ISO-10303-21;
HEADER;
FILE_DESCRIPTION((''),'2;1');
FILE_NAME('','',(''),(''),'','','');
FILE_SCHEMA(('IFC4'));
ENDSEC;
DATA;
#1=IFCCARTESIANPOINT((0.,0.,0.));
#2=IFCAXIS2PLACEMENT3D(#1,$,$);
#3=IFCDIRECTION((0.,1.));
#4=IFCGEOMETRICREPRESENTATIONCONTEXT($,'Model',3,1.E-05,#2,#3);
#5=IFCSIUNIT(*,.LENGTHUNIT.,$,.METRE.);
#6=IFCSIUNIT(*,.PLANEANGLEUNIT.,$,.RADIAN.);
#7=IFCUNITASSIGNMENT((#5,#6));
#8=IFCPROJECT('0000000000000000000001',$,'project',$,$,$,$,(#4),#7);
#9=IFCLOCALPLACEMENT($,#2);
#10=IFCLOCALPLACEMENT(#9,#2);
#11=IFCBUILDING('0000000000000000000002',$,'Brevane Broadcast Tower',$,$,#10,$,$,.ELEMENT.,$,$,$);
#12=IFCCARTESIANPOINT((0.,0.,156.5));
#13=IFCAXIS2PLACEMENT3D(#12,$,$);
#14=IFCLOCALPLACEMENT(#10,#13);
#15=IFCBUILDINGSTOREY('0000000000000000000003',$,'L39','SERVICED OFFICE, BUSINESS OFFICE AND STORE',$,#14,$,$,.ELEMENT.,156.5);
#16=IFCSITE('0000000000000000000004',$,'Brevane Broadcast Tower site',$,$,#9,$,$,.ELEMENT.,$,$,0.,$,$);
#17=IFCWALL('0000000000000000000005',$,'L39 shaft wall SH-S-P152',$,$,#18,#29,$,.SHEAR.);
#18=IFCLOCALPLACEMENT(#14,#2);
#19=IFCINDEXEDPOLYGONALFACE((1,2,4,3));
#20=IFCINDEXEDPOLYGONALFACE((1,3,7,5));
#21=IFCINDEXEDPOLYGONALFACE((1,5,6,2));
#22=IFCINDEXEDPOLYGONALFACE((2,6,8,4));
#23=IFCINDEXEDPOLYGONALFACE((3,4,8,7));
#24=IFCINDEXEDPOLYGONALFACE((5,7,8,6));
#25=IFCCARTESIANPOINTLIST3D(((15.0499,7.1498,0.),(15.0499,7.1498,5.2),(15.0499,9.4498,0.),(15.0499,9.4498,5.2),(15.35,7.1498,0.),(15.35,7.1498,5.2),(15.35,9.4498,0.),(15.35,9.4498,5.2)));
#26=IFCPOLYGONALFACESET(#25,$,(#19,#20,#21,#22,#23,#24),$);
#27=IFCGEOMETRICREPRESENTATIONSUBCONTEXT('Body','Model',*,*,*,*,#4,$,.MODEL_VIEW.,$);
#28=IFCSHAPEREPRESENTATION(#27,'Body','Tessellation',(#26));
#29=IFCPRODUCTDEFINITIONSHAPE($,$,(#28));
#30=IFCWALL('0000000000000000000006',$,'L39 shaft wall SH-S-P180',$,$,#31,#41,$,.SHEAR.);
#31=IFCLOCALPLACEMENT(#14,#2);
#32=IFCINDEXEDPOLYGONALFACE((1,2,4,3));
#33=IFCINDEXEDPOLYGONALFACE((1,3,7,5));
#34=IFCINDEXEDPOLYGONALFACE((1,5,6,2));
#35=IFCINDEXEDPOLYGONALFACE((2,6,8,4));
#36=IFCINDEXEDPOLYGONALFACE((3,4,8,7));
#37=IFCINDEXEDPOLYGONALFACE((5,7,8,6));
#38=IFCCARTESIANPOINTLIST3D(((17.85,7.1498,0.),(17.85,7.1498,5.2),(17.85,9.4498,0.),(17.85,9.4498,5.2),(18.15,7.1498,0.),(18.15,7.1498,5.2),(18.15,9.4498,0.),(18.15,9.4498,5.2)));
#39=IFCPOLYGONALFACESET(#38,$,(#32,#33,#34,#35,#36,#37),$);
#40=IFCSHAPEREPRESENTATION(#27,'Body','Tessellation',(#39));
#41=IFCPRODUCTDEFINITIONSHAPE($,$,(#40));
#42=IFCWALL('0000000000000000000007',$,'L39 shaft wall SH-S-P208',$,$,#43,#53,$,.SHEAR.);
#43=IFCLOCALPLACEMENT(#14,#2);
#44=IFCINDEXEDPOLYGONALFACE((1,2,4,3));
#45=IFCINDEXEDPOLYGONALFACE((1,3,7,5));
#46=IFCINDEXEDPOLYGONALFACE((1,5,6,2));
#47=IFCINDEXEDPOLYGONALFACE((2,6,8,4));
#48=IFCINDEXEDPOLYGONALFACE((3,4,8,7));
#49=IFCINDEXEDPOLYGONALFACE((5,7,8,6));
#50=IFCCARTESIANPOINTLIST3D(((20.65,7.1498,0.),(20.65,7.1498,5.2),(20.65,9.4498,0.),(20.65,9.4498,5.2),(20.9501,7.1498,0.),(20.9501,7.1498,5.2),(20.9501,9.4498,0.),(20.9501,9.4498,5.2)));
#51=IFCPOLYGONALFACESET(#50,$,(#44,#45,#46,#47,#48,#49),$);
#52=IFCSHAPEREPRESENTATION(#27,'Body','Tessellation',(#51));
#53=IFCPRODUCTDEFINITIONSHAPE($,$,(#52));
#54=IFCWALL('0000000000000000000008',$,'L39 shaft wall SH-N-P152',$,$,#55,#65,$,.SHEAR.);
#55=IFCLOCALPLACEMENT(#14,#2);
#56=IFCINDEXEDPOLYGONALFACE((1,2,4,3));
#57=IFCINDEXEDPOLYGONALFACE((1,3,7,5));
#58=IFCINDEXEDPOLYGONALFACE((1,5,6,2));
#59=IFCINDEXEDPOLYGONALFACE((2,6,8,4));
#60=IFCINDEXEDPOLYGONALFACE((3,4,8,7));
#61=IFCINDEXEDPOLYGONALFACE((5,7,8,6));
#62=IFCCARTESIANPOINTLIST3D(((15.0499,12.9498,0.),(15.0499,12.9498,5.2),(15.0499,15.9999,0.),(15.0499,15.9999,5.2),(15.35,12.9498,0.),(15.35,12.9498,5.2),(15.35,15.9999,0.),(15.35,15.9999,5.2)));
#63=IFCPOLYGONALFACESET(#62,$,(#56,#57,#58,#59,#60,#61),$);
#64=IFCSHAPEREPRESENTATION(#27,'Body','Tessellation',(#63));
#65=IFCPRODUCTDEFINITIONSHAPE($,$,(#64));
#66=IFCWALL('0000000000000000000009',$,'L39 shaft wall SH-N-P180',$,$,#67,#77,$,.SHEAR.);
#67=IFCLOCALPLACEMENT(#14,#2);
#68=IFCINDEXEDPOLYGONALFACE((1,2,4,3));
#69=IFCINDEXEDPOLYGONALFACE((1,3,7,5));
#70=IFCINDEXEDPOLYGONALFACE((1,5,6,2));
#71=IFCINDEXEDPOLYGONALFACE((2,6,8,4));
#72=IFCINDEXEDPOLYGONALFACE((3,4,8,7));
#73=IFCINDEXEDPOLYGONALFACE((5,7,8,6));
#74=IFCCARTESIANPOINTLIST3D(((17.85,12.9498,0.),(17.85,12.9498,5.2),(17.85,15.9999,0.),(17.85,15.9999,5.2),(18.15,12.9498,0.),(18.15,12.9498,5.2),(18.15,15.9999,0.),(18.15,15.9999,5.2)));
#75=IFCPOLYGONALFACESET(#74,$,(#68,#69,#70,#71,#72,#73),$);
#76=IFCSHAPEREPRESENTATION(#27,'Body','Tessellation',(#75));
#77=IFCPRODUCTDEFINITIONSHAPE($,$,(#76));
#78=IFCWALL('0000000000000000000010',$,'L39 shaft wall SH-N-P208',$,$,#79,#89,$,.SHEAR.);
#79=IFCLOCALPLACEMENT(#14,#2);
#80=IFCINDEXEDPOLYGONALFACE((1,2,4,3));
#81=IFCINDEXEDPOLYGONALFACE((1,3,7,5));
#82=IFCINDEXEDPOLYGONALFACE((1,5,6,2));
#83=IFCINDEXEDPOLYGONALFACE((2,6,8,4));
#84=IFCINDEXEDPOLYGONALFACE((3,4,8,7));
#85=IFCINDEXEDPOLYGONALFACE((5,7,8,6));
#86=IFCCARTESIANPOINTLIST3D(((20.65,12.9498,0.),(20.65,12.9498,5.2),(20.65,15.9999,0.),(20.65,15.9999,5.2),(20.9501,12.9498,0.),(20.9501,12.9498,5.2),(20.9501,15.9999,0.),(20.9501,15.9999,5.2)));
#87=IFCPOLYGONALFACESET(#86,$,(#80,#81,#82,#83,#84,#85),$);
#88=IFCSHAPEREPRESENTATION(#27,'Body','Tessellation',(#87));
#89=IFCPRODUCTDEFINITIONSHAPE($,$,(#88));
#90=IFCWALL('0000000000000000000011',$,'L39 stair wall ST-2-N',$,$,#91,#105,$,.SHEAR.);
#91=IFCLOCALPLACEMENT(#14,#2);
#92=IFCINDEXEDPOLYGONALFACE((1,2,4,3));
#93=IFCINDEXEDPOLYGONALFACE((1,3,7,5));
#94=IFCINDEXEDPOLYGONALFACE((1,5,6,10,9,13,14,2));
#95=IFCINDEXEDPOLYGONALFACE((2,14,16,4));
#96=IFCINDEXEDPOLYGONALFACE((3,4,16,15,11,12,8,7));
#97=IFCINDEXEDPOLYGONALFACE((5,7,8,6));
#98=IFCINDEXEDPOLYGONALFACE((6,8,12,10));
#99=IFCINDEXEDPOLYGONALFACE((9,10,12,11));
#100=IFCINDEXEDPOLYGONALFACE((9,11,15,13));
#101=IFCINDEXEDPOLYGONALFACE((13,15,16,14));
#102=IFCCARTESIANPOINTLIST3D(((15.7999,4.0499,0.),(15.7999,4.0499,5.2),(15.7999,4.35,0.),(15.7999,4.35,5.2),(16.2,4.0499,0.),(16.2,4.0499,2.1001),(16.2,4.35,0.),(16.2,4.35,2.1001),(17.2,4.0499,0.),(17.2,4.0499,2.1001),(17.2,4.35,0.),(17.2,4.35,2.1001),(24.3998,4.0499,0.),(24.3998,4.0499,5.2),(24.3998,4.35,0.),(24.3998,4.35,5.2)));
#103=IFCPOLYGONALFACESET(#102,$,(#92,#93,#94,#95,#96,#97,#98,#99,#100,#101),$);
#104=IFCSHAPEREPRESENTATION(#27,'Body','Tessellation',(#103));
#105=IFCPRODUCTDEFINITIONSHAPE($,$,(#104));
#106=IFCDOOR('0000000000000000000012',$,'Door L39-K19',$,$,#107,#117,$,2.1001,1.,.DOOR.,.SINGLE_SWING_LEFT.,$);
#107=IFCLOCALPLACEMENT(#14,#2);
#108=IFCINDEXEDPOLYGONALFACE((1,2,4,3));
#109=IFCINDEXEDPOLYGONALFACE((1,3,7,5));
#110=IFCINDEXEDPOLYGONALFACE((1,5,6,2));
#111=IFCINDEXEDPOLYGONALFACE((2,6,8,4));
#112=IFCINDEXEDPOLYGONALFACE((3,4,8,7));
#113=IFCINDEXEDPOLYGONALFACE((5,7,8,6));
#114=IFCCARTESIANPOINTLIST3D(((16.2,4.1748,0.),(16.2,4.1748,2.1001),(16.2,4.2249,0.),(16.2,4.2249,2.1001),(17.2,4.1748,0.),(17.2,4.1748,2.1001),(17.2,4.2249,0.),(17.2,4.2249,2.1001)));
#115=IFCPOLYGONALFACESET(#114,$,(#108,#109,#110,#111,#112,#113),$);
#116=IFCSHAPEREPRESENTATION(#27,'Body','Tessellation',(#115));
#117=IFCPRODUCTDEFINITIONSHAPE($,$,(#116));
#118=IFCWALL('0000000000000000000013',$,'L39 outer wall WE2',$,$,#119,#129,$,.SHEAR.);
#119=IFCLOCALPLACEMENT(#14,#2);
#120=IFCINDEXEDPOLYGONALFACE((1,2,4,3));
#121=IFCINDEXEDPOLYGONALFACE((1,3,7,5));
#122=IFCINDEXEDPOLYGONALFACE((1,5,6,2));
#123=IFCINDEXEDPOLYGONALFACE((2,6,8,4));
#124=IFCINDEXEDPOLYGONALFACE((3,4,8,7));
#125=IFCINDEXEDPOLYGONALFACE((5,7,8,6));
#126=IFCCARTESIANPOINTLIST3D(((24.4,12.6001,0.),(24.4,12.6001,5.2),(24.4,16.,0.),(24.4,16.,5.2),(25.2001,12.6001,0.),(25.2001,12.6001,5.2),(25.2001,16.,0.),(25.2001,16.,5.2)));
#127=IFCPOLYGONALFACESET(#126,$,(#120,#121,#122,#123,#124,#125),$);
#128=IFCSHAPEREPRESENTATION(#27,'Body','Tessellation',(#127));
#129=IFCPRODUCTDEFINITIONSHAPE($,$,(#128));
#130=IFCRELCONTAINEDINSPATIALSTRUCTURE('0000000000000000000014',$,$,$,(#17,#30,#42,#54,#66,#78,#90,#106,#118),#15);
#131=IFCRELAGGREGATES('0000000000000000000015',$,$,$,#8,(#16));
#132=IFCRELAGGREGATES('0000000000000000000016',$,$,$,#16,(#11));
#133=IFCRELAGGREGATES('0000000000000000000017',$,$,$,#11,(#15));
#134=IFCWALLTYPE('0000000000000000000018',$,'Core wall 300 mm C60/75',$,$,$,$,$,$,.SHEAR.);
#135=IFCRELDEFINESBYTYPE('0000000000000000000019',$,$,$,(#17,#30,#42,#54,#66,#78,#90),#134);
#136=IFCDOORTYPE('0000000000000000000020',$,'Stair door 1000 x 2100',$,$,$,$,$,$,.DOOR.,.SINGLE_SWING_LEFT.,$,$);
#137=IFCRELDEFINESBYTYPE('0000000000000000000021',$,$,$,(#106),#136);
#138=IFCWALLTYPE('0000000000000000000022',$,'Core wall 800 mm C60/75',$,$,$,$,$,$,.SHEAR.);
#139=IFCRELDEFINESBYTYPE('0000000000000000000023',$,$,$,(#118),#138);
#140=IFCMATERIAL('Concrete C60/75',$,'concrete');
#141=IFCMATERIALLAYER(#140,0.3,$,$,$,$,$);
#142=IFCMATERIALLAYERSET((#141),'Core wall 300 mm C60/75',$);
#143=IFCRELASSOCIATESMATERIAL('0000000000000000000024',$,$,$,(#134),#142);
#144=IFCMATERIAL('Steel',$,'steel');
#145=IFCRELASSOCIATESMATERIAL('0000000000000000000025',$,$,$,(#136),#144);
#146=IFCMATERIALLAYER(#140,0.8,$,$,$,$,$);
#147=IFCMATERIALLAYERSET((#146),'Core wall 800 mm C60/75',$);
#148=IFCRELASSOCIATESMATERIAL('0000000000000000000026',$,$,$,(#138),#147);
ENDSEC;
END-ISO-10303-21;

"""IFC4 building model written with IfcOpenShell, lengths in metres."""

from ifc_helpers import new_model, si_unit, direction, frame, frame_2d, origin, place, context, subcontext, project, spatial, rectangle, extrude, material, layer, layer_set, type_object, element, fill, save


model = new_model("IFC4")

# Units and contexts
model_context = context("Model", 3, precision=1e-05, world=origin(), true_north=direction((0.0, 1.0)))
body_context = subcontext(model_context, "Body", "Model", "MODEL_VIEW")
ifc_project = project(units=[si_unit("LENGTHUNIT", "METRE"), si_unit("PLANEANGLEUNIT", "RADIAN")], contexts=[model_context])

# Site, building, storey
site_placement = place(None, origin())
site = spatial("IfcSite", under=ifc_project, at=site_placement, Name="Brevane Broadcast Tower site", CompositionType="ELEMENT", RefElevation=0.0)
building_placement = place(site_placement, origin())
building = spatial("IfcBuilding", under=site, at=building_placement, Name="Brevane Broadcast Tower", CompositionType="ELEMENT")
storey_placement = place(building_placement, frame((0.0, 0.0, 156.5)))
storey = spatial("IfcBuildingStorey", under=building, at=storey_placement, Name="L39", Description="SERVICED OFFICE, BUSINESS OFFICE AND STORE", CompositionType="ELEMENT", Elevation=156.5)

# Shared definitions
ifc_material_1 = material(Name="Steel", Category="steel")

# Walls
ifc_material_2 = material(Name="Concrete C60/75", Category="concrete")
ifc_layer_1 = layer(ifc_material_2, 0.3)
ifc_layer_set_1 = layer_set([ifc_layer_1], Name="Core wall 300 mm C60/75")
wall_type_1 = type_object("IfcWallType", Name="Core wall 300 mm C60/75", PredefinedType="SHEAR", material=ifc_layer_set_1)
for number, where, z_axis, x_axis, name in (
    (1, (15.2, 7.1499, 0.0), (0.0, 0.0, 1.0), (0.0, 1.0, 0.0), "L39 shaft wall SH-S-P152"),
    (2, (18.0, 7.1499, 0.0), (0.0, 0.0, 1.0), (0.0, 1.0, 0.0), "L39 shaft wall SH-S-P180"),
    (3, (20.8, 7.1499, 0.0), (0.0, 0.0, 1.0), (0.0, 1.0, 0.0), "L39 shaft wall SH-S-P208"),
):
    element("IfcWall", number, at=place(storey_placement, frame(where, z_axis=z_axis, x_axis=x_axis)), inside=storey, type_object=wall_type_1, Name=name, PredefinedType="SHEAR", context=body_context, shape_type="SweptSolid", body=[
        extrude(rectangle(XDim=2.3, YDim=0.3, at=frame_2d((1.1499, 0.0))), origin(), (0.0, 0.0, 1.0), 5.2),
    ])
for number, where, z_axis, x_axis, name in (
    (4, (15.2, 12.95, 0.0), (0.0, 0.0, 1.0), (0.0, 1.0, 0.0), "L39 shaft wall SH-N-P152"),
    (5, (18.0, 12.95, 0.0), (0.0, 0.0, 1.0), (0.0, 1.0, 0.0), "L39 shaft wall SH-N-P180"),
    (6, (20.8, 12.95, 0.0), (0.0, 0.0, 1.0), (0.0, 1.0, 0.0), "L39 shaft wall SH-N-P208"),
):
    element("IfcWall", number, at=place(storey_placement, frame(where, z_axis=z_axis, x_axis=x_axis)), inside=storey, type_object=wall_type_1, Name=name, PredefinedType="SHEAR", context=body_context, shape_type="SweptSolid", body=[
        extrude(rectangle(XDim=3.05, YDim=0.3, at=frame_2d((1.5249, 0.0))), origin(), (0.0, 0.0, 1.0), 5.2),
    ])

# Wall, opening, door
wall_1_placement = place(storey_placement, frame((15.8, 4.2, 0.0), z_axis=(0.0, 0.0, 1.0), x_axis=(1.0, 0.0, 0.0)))
wall_1 = element("IfcWall", 7, at=wall_1_placement, inside=storey, type_object=wall_type_1, Name="L39 stair wall ST-2-N", PredefinedType="SHEAR", context=body_context, shape_type="SweptSolid", body=[
    extrude(rectangle(XDim=8.5999, YDim=0.3, at=frame_2d((4.2998, 0.0))), origin(), (0.0, 0.0, 1.0), 5.2),
])
opening_1_placement = place(wall_1_placement, frame((0.3999, 0.0, 0.0)))
opening_1 = element("IfcOpeningElement", 8, at=opening_1_placement, cuts=wall_1, PredefinedType="OPENING", context=body_context, shape_type="SweptSolid", body=[
    extrude(rectangle(XDim=1.0, YDim=2.1001, at=frame_2d((0.5, 1.05))), frame((0.0, 0.1599, 0.0), z_axis=(0.0, -1.0, 0.0), x_axis=(1.0, 0.0, 0.0)), (0.0, 0.0, 1.0), 0.3201),
])
door_type_1 = type_object("IfcDoorType", Name="Stair door 1000 x 2100", OperationType="SINGLE_SWING_LEFT", PredefinedType="DOOR", material=ifc_material_1)
door_1_placement = place(opening_1_placement, origin())
door_1 = element("IfcDoor", 9, at=door_1_placement, inside=storey, type_object=door_type_1, Name="Door L39-K19", OperationType="SINGLE_SWING_LEFT", OverallHeight=2.1001, OverallWidth=1.0, PredefinedType="DOOR", context=body_context, shape_type="SweptSolid", body=[
    extrude(rectangle(XDim=1.0, YDim=2.1001, at=frame_2d((0.5, 1.05))), frame((0.0, 0.0249, 0.0), z_axis=(0.0, -1.0, 0.0), x_axis=(1.0, 0.0, 0.0)), (0.0, 0.0, 1.0), 0.05),
])
fill(opening_1, door_1)

# Wall
ifc_layer_2 = layer(ifc_material_2, 0.8)
ifc_layer_set_2 = layer_set([ifc_layer_2], Name="Core wall 800 mm C60/75")
wall_type_2 = type_object("IfcWallType", Name="Core wall 800 mm C60/75", PredefinedType="SHEAR", material=ifc_layer_set_2)
wall_2_placement = place(storey_placement, frame((24.8, 12.6001, 0.0), z_axis=(0.0, 0.0, 1.0), x_axis=(0.0, 1.0, 0.0)))
element("IfcWall", 10, at=wall_2_placement, inside=storey, type_object=wall_type_2, Name="L39 outer wall WE2", PredefinedType="SHEAR", context=body_context, shape_type="SweptSolid", body=[
    extrude(rectangle(XDim=3.3999, YDim=0.8, at=frame_2d((1.7, 0.0))), origin(), (0.0, 0.0, 1.0), 5.2),
])

save(model, "model.ifc")
